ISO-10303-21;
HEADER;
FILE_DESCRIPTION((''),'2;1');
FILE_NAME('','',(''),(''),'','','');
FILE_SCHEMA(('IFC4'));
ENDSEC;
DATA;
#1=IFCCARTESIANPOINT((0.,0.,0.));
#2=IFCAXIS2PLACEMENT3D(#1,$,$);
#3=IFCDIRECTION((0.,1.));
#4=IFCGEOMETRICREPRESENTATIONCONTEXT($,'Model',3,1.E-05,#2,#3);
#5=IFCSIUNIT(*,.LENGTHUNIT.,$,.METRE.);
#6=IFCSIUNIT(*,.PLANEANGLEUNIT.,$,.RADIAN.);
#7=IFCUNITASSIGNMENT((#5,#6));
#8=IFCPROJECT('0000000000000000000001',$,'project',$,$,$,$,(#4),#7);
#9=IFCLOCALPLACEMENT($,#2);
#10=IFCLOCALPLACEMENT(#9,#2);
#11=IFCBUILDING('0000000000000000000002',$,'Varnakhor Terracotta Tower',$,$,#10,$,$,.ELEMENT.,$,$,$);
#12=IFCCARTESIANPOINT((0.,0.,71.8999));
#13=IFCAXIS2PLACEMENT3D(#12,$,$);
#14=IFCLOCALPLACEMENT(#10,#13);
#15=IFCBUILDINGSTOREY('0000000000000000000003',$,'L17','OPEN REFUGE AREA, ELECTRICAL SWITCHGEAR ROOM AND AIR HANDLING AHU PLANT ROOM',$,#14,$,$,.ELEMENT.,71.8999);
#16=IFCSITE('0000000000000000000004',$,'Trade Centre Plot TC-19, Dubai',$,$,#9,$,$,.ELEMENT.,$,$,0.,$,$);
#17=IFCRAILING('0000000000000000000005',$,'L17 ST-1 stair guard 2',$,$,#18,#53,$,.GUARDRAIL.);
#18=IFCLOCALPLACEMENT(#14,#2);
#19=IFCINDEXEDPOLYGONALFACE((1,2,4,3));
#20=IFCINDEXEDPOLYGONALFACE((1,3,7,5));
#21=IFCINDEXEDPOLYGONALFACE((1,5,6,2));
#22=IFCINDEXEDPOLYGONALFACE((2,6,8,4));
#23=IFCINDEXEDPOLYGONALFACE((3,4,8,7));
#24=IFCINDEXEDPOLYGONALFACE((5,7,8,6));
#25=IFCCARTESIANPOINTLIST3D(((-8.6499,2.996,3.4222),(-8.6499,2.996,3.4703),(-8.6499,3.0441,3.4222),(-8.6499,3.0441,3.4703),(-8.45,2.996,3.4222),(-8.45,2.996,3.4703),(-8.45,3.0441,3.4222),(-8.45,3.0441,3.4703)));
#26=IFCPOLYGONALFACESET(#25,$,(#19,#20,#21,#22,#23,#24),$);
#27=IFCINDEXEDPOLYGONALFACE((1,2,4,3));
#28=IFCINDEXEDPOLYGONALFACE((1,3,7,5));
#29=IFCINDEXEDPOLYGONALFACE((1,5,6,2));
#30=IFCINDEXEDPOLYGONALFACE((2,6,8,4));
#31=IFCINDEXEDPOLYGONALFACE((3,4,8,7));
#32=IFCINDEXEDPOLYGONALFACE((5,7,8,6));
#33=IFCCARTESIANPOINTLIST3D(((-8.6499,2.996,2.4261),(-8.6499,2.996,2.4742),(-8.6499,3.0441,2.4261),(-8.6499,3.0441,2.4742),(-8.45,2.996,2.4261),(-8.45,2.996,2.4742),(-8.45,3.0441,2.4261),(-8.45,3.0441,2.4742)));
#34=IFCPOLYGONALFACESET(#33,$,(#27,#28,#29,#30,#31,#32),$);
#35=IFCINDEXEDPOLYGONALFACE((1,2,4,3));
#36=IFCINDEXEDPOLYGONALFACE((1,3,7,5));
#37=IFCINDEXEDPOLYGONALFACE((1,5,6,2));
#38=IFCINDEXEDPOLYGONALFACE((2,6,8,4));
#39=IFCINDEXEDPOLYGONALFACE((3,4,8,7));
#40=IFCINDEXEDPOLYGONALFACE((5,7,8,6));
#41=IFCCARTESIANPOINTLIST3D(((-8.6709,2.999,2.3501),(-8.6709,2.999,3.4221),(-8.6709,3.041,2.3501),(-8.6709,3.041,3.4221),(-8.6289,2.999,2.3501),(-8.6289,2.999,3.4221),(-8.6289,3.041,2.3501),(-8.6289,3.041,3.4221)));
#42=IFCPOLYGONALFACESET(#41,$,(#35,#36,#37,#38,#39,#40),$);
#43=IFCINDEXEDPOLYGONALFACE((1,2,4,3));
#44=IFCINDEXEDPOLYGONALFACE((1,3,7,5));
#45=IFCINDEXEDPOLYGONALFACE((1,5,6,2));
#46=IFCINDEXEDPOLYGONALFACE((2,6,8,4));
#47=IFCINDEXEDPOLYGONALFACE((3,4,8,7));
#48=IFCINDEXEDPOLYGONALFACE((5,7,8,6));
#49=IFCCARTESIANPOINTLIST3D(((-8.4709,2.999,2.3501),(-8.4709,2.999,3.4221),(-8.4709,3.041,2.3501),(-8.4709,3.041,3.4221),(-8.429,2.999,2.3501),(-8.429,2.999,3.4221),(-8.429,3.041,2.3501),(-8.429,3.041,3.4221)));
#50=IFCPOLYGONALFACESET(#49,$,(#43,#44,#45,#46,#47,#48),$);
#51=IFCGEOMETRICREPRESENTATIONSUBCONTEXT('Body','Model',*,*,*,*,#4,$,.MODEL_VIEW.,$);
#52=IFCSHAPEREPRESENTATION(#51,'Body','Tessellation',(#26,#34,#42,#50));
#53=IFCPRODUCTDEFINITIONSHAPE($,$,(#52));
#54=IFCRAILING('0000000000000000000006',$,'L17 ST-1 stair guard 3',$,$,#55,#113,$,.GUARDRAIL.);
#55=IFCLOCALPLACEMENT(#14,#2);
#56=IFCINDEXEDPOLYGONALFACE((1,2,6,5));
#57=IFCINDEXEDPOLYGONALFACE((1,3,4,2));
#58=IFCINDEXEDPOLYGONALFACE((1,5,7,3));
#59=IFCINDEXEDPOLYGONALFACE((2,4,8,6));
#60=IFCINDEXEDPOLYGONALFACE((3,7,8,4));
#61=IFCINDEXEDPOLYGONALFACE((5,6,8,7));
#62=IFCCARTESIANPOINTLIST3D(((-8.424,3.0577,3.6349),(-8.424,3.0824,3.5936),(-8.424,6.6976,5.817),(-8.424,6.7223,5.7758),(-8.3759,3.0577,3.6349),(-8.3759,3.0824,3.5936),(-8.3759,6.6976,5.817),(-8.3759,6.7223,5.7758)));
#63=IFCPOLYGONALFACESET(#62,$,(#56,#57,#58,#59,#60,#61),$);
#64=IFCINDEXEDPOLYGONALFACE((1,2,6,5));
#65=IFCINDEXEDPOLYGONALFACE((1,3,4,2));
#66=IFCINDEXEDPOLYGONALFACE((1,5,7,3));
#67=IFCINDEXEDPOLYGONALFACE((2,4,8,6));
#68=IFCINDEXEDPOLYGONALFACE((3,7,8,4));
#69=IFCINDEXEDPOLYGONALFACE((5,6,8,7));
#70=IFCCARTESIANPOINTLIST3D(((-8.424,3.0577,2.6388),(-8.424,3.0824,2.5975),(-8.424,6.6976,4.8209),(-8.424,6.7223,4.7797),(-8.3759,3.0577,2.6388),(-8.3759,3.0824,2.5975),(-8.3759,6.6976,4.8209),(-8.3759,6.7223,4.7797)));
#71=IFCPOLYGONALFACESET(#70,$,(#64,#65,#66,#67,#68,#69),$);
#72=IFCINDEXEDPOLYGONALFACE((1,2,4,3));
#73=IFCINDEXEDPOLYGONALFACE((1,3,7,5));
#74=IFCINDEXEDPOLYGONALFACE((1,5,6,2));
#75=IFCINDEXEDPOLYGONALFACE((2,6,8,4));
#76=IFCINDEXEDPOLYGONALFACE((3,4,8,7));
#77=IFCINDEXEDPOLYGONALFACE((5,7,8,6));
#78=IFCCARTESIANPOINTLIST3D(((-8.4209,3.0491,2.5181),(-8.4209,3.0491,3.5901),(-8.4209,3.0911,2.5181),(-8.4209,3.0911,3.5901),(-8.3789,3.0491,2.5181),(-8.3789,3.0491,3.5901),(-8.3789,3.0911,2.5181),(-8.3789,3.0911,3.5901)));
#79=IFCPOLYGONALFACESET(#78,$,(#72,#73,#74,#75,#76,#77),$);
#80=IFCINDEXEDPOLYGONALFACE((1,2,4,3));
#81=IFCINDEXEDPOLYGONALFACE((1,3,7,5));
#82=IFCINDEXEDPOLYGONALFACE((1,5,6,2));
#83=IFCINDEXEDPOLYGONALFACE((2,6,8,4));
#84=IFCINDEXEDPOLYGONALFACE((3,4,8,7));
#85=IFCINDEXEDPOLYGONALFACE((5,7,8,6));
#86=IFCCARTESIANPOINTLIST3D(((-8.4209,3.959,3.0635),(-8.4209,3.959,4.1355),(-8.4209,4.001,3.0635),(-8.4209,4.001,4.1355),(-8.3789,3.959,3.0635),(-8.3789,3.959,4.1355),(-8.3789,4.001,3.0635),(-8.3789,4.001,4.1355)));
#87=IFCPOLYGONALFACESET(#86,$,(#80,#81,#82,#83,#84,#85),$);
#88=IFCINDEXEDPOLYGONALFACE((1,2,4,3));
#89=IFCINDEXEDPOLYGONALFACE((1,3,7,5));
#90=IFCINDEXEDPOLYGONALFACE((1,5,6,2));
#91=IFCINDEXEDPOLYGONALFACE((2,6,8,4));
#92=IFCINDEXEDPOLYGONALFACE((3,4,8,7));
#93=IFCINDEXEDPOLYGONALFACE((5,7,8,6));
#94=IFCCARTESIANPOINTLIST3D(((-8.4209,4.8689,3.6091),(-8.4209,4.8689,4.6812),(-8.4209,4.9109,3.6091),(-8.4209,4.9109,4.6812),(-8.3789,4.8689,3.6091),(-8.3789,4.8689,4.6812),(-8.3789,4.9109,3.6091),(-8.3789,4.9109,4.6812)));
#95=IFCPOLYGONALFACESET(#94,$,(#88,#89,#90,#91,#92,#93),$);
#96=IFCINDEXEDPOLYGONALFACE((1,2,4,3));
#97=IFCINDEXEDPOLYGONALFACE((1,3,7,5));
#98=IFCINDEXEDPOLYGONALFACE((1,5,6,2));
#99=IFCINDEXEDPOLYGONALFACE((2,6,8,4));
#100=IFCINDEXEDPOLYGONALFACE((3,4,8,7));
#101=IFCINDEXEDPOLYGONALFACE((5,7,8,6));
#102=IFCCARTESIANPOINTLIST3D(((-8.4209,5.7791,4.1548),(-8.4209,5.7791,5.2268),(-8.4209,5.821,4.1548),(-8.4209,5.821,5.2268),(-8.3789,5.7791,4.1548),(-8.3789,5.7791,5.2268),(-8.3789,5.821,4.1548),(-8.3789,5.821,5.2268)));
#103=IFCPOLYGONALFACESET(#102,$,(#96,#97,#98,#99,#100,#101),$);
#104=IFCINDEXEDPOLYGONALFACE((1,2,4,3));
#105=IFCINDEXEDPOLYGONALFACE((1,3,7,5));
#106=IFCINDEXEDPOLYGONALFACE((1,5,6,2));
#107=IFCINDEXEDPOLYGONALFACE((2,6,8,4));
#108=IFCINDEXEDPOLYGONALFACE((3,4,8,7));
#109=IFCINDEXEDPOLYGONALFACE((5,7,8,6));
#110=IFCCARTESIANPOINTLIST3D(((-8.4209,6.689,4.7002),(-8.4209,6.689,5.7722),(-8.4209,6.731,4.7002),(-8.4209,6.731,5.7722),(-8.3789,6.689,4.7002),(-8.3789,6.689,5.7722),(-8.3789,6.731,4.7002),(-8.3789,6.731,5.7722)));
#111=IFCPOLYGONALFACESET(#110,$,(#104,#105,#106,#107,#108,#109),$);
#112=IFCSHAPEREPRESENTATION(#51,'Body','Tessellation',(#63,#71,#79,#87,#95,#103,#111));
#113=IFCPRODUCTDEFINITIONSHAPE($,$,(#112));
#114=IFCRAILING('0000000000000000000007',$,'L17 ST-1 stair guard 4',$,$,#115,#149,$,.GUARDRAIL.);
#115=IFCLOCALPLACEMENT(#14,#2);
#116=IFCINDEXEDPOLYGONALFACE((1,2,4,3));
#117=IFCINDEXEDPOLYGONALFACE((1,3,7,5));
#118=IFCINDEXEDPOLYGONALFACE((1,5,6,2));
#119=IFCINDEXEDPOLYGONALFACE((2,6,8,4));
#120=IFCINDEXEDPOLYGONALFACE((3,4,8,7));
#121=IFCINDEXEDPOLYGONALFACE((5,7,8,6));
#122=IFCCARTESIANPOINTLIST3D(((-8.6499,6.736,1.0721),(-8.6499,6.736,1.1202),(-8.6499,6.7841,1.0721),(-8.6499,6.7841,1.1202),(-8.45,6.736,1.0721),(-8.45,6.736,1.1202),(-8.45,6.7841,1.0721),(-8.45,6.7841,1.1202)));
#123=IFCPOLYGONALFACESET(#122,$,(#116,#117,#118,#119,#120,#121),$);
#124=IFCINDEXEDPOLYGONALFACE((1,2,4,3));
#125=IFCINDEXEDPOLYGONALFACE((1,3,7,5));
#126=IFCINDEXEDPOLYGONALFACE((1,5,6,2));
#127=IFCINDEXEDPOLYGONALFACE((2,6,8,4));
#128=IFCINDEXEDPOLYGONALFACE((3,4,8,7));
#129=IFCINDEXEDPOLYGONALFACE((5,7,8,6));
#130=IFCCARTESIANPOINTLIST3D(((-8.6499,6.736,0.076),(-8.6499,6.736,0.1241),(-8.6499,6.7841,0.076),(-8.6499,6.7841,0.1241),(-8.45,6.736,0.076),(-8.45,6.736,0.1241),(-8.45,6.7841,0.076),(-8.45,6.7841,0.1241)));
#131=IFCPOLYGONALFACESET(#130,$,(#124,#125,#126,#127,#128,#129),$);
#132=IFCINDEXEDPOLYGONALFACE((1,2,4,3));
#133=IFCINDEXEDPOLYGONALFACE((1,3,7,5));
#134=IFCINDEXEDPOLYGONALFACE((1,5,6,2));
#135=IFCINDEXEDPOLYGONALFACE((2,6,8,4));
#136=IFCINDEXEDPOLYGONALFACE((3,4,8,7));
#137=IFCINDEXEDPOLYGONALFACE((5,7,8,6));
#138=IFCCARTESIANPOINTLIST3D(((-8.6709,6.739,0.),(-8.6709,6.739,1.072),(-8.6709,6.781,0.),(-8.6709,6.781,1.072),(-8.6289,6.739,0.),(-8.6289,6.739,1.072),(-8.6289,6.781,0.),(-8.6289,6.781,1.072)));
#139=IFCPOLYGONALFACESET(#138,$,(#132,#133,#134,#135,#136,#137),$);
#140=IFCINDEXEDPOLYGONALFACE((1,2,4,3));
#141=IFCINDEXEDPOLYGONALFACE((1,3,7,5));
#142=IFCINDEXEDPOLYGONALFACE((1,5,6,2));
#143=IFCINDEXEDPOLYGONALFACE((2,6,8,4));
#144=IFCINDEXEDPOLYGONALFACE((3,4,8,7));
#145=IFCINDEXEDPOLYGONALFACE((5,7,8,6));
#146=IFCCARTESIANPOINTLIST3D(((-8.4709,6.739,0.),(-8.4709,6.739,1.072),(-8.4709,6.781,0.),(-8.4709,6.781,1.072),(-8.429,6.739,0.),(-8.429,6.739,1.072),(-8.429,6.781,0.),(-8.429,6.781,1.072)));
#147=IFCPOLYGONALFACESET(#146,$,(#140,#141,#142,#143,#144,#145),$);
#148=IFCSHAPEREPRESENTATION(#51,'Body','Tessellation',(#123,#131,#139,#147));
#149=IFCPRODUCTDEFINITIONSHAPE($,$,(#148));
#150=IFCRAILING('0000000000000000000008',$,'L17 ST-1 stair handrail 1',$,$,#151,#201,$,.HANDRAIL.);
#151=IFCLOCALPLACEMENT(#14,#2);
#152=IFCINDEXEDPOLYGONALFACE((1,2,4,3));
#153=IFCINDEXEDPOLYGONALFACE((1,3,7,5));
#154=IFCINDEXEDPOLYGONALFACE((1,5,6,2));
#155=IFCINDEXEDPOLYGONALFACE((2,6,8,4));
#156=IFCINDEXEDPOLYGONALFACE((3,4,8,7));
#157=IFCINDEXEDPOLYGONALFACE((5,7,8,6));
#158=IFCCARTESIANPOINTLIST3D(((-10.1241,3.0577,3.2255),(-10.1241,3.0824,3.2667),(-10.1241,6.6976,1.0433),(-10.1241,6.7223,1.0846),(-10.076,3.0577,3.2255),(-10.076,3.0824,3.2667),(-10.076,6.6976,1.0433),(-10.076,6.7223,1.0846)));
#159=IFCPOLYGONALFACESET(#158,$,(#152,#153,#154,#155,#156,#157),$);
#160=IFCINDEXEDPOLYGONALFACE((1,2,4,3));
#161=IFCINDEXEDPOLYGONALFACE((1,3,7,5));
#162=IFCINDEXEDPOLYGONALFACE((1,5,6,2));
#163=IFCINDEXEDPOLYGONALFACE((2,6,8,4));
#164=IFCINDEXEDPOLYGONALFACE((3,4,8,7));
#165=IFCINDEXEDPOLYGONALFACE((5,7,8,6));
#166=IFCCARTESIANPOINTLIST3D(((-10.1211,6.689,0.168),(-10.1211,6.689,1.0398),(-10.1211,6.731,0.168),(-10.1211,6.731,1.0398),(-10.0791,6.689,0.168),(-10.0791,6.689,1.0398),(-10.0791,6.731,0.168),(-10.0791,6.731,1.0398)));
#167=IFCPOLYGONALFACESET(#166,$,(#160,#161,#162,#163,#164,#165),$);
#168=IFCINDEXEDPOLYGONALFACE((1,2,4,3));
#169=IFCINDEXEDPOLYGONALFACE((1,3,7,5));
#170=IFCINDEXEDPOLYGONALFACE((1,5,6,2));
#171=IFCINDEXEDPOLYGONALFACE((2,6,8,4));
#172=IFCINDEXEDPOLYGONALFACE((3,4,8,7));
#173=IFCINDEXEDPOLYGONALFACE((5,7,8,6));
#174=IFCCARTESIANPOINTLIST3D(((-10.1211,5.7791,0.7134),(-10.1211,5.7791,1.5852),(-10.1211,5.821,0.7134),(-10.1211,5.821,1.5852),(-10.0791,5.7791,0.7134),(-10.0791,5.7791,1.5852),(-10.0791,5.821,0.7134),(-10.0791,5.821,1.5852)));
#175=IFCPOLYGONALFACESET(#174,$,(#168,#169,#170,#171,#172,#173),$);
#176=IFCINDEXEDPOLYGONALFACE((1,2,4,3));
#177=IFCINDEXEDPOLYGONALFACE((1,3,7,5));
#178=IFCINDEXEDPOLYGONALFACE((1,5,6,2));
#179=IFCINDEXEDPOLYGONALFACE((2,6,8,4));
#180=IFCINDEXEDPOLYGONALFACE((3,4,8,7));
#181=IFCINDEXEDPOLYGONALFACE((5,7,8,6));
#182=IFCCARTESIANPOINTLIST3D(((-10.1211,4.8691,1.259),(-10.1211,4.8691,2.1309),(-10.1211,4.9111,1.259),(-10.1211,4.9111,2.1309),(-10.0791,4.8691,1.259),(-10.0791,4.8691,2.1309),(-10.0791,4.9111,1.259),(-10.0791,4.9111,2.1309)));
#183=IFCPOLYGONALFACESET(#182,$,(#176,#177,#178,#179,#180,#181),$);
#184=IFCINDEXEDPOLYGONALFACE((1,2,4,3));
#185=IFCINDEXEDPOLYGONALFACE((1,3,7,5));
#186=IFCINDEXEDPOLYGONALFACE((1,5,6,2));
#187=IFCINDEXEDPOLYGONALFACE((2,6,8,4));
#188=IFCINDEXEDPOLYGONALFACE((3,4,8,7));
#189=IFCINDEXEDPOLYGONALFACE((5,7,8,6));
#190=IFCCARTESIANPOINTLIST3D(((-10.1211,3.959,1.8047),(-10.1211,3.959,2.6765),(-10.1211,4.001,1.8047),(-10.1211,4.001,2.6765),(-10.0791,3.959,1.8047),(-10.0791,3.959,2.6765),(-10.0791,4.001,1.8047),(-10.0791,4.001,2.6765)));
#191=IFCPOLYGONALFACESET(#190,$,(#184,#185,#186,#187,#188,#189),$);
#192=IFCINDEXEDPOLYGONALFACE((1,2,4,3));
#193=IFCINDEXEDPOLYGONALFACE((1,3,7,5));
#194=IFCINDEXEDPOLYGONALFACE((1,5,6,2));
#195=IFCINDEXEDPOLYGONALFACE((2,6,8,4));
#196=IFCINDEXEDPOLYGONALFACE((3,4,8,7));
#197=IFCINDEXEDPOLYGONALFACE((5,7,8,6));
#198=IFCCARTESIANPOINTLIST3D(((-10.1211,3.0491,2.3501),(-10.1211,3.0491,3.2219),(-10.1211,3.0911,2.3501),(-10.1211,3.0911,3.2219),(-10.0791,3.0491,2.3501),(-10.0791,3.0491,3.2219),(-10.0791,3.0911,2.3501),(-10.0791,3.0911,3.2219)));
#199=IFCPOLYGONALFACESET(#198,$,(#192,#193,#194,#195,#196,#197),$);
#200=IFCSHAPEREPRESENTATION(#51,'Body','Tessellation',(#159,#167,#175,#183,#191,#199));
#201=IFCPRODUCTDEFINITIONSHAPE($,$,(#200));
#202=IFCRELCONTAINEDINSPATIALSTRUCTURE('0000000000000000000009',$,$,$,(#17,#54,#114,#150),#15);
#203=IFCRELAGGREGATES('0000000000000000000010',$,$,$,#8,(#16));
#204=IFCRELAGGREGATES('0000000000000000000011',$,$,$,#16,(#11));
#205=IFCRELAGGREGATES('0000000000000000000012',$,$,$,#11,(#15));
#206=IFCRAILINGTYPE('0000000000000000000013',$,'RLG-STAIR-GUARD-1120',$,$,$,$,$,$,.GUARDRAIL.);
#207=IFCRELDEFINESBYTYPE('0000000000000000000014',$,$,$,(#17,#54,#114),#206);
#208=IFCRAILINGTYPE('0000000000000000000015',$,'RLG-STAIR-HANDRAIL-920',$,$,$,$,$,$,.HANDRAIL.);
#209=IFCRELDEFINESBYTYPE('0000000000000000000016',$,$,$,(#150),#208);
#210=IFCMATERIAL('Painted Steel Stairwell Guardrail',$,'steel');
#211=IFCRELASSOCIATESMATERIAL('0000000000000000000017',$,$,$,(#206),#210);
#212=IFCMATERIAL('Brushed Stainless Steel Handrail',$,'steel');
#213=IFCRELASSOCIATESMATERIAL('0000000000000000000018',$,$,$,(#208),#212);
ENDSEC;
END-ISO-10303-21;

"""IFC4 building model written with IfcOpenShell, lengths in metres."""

from ifc_helpers import new_model, si_unit, direction, frame, origin, origin_2d, place, context, subcontext, project, spatial, rectangle, extrude, material, type_object, element, save


model = new_model("IFC4")

# Units and contexts
model_context = context("Model", 3, precision=1e-05, world=origin(), true_north=direction((0.0, 1.0)))
body_context = subcontext(model_context, "Body", "Model", "MODEL_VIEW")
ifc_project = project(units=[si_unit("LENGTHUNIT", "METRE"), si_unit("PLANEANGLEUNIT", "RADIAN")], contexts=[model_context])

# Site, building, storey
site_placement = place(None, origin())
site = spatial("IfcSite", under=ifc_project, at=site_placement, Name="Trade Centre Plot TC-19, Dubai", CompositionType="ELEMENT", RefElevation=0.0)
building_placement = place(site_placement, origin())
building = spatial("IfcBuilding", under=site, at=building_placement, Name="Varnakhor Terracotta Tower", CompositionType="ELEMENT")
storey_placement = place(building_placement, frame((0.0, 0.0, 71.8999)))
storey = spatial("IfcBuildingStorey", under=building, at=storey_placement, Name="L17", Description="OPEN REFUGE AREA, ELECTRICAL SWITCHGEAR ROOM AND AIR HANDLING AHU PLANT ROOM", CompositionType="ELEMENT", Elevation=71.8999)

# Railings
ifc_material_1 = material(Name="Painted Steel Stairwell Guardrail", Category="steel")
railing_type_1 = type_object("IfcRailingType", Name="RLG-STAIR-GUARD-1120", PredefinedType="GUARDRAIL", material=ifc_material_1)
railing_1_placement = place(storey_placement, frame((-8.6499, 3.02, 2.3501)))
element("IfcRailing", 1, at=railing_1_placement, inside=storey, type_object=railing_type_1, Name="L17 ST-1 stair guard 2", PredefinedType="GUARDRAIL", context=body_context, shape_type="SweptSolid", body=[
    extrude(rectangle(XDim=0.0481, YDim=0.0481, at=origin_2d()), frame((0.0, 0.0, 1.0962), z_axis=(1.0, 0.0, 0.0), x_axis=(0.0, 1.0, 0.0)), (0.0, 0.0, 1.0), 0.2),
    extrude(rectangle(XDim=0.0481, YDim=0.0481, at=origin_2d()), frame((0.0, 0.0, 0.1001), z_axis=(1.0, 0.0, 0.0), x_axis=(0.0, 1.0, 0.0)), (0.0, 0.0, 1.0), 0.2),
    extrude(rectangle(XDim=0.042, YDim=0.042, at=origin_2d()), origin(), (0.0, 0.0, 1.0), 1.072),
    extrude(rectangle(XDim=0.042, YDim=0.042, at=origin_2d()), frame((0.2, 0.0, 0.0)), (0.0, 0.0, 1.0), 1.072),
])
railing_2_placement = place(storey_placement, frame((-8.3999, 3.0701, 2.5181)))
element("IfcRailing", 2, at=railing_2_placement, inside=storey, type_object=railing_type_1, Name="L17 ST-1 stair guard 3", PredefinedType="GUARDRAIL", context=body_context, shape_type="SweptSolid", body=[
    extrude(rectangle(XDim=0.0481, YDim=0.0481, at=origin_2d()), frame((0.0, 0.0, 1.0962), z_axis=(0.0, 0.857681, 0.514183), x_axis=(-1.0, 0.0, 0.0)), (0.0, 0.0, 1.0), 4.2439),
    extrude(rectangle(XDim=0.0481, YDim=0.0481, at=origin_2d()), frame((0.0, 0.0, 0.1001), z_axis=(0.0, 0.857681, 0.514183), x_axis=(-1.0, 0.0, 0.0)), (0.0, 0.0, 1.0), 4.2439),
    extrude(rectangle(XDim=0.042, YDim=0.042, at=origin_2d()), origin(), (0.0, 0.0, 1.0), 1.072),
    extrude(rectangle(XDim=0.042, YDim=0.042, at=origin_2d()), frame((0.0, 0.9099, 0.5454)), (0.0, 0.0, 1.0), 1.072),
    extrude(rectangle(XDim=0.042, YDim=0.042, at=origin_2d()), frame((0.0, 1.8198, 1.0911)), (0.0, 0.0, 1.0), 1.072),
    extrude(rectangle(XDim=0.042, YDim=0.042, at=origin_2d()), frame((0.0, 2.73, 1.6367)), (0.0, 0.0, 1.0), 1.072),
    extrude(rectangle(XDim=0.042, YDim=0.042, at=origin_2d()), frame((0.0, 3.6399, 2.1821)), (0.0, 0.0, 1.0), 1.072),
])
railing_3_placement = place(storey_placement, frame((-8.6499, 6.76, 0.0)))
element("IfcRailing", 3, at=railing_3_placement, inside=storey, type_object=railing_type_1, Name="L17 ST-1 stair guard 4", PredefinedType="GUARDRAIL", context=body_context, shape_type="SweptSolid", body=[
    extrude(rectangle(XDim=0.0481, YDim=0.0481, at=origin_2d()), frame((0.0, 0.0, 1.0962), z_axis=(1.0, 0.0, 0.0), x_axis=(0.0, 1.0, 0.0)), (0.0, 0.0, 1.0), 0.2),
    extrude(rectangle(XDim=0.0481, YDim=0.0481, at=origin_2d()), frame((0.0, 0.0, 0.1001), z_axis=(1.0, 0.0, 0.0), x_axis=(0.0, 1.0, 0.0)), (0.0, 0.0, 1.0), 0.2),
    extrude(rectangle(XDim=0.042, YDim=0.042, at=origin_2d()), origin(), (0.0, 0.0, 1.0), 1.072),
    extrude(rectangle(XDim=0.042, YDim=0.042, at=origin_2d()), frame((0.2, 0.0, 0.0)), (0.0, 0.0, 1.0), 1.072),
])
ifc_material_2 = material(Name="Brushed Stainless Steel Handrail", Category="steel")
railing_type_2 = type_object("IfcRailingType", Name="RLG-STAIR-HANDRAIL-920", PredefinedType="HANDRAIL", material=ifc_material_2)
railing_4_placement = place(storey_placement, frame((-10.1001, 6.71, 0.168)))
element("IfcRailing", 4, at=railing_4_placement, inside=storey, type_object=railing_type_2, Name="L17 ST-1 stair handrail 1", PredefinedType="HANDRAIL", context=body_context, shape_type="SweptSolid", body=[
    extrude(rectangle(XDim=0.0481, YDim=0.0481, at=origin_2d()), frame((0.0, 0.0, 0.896), z_axis=(0.0, -0.857681, 0.514183), x_axis=(1.0, 0.0, 0.0)), (0.0, 0.0, 1.0), 4.2439),
    extrude(rectangle(XDim=0.042, YDim=0.042, at=origin_2d()), origin(), (0.0, 0.0, 1.0), 0.8718),
    extrude(rectangle(XDim=0.042, YDim=0.042, at=origin_2d()), frame((0.0, -0.9099, 0.5454)), (0.0, 0.0, 1.0), 0.8718),
    extrude(rectangle(XDim=0.042, YDim=0.042, at=origin_2d()), frame((0.0, -1.8198, 1.0911)), (0.0, 0.0, 1.0), 0.8718),
    extrude(rectangle(XDim=0.042, YDim=0.042, at=origin_2d()), frame((0.0, -2.73, 1.6367)), (0.0, 0.0, 1.0), 0.8718),
    extrude(rectangle(XDim=0.042, YDim=0.042, at=origin_2d()), frame((0.0, -3.6399, 2.1821)), (0.0, 0.0, 1.0), 0.8718),
])

save(model, "model.ifc")
